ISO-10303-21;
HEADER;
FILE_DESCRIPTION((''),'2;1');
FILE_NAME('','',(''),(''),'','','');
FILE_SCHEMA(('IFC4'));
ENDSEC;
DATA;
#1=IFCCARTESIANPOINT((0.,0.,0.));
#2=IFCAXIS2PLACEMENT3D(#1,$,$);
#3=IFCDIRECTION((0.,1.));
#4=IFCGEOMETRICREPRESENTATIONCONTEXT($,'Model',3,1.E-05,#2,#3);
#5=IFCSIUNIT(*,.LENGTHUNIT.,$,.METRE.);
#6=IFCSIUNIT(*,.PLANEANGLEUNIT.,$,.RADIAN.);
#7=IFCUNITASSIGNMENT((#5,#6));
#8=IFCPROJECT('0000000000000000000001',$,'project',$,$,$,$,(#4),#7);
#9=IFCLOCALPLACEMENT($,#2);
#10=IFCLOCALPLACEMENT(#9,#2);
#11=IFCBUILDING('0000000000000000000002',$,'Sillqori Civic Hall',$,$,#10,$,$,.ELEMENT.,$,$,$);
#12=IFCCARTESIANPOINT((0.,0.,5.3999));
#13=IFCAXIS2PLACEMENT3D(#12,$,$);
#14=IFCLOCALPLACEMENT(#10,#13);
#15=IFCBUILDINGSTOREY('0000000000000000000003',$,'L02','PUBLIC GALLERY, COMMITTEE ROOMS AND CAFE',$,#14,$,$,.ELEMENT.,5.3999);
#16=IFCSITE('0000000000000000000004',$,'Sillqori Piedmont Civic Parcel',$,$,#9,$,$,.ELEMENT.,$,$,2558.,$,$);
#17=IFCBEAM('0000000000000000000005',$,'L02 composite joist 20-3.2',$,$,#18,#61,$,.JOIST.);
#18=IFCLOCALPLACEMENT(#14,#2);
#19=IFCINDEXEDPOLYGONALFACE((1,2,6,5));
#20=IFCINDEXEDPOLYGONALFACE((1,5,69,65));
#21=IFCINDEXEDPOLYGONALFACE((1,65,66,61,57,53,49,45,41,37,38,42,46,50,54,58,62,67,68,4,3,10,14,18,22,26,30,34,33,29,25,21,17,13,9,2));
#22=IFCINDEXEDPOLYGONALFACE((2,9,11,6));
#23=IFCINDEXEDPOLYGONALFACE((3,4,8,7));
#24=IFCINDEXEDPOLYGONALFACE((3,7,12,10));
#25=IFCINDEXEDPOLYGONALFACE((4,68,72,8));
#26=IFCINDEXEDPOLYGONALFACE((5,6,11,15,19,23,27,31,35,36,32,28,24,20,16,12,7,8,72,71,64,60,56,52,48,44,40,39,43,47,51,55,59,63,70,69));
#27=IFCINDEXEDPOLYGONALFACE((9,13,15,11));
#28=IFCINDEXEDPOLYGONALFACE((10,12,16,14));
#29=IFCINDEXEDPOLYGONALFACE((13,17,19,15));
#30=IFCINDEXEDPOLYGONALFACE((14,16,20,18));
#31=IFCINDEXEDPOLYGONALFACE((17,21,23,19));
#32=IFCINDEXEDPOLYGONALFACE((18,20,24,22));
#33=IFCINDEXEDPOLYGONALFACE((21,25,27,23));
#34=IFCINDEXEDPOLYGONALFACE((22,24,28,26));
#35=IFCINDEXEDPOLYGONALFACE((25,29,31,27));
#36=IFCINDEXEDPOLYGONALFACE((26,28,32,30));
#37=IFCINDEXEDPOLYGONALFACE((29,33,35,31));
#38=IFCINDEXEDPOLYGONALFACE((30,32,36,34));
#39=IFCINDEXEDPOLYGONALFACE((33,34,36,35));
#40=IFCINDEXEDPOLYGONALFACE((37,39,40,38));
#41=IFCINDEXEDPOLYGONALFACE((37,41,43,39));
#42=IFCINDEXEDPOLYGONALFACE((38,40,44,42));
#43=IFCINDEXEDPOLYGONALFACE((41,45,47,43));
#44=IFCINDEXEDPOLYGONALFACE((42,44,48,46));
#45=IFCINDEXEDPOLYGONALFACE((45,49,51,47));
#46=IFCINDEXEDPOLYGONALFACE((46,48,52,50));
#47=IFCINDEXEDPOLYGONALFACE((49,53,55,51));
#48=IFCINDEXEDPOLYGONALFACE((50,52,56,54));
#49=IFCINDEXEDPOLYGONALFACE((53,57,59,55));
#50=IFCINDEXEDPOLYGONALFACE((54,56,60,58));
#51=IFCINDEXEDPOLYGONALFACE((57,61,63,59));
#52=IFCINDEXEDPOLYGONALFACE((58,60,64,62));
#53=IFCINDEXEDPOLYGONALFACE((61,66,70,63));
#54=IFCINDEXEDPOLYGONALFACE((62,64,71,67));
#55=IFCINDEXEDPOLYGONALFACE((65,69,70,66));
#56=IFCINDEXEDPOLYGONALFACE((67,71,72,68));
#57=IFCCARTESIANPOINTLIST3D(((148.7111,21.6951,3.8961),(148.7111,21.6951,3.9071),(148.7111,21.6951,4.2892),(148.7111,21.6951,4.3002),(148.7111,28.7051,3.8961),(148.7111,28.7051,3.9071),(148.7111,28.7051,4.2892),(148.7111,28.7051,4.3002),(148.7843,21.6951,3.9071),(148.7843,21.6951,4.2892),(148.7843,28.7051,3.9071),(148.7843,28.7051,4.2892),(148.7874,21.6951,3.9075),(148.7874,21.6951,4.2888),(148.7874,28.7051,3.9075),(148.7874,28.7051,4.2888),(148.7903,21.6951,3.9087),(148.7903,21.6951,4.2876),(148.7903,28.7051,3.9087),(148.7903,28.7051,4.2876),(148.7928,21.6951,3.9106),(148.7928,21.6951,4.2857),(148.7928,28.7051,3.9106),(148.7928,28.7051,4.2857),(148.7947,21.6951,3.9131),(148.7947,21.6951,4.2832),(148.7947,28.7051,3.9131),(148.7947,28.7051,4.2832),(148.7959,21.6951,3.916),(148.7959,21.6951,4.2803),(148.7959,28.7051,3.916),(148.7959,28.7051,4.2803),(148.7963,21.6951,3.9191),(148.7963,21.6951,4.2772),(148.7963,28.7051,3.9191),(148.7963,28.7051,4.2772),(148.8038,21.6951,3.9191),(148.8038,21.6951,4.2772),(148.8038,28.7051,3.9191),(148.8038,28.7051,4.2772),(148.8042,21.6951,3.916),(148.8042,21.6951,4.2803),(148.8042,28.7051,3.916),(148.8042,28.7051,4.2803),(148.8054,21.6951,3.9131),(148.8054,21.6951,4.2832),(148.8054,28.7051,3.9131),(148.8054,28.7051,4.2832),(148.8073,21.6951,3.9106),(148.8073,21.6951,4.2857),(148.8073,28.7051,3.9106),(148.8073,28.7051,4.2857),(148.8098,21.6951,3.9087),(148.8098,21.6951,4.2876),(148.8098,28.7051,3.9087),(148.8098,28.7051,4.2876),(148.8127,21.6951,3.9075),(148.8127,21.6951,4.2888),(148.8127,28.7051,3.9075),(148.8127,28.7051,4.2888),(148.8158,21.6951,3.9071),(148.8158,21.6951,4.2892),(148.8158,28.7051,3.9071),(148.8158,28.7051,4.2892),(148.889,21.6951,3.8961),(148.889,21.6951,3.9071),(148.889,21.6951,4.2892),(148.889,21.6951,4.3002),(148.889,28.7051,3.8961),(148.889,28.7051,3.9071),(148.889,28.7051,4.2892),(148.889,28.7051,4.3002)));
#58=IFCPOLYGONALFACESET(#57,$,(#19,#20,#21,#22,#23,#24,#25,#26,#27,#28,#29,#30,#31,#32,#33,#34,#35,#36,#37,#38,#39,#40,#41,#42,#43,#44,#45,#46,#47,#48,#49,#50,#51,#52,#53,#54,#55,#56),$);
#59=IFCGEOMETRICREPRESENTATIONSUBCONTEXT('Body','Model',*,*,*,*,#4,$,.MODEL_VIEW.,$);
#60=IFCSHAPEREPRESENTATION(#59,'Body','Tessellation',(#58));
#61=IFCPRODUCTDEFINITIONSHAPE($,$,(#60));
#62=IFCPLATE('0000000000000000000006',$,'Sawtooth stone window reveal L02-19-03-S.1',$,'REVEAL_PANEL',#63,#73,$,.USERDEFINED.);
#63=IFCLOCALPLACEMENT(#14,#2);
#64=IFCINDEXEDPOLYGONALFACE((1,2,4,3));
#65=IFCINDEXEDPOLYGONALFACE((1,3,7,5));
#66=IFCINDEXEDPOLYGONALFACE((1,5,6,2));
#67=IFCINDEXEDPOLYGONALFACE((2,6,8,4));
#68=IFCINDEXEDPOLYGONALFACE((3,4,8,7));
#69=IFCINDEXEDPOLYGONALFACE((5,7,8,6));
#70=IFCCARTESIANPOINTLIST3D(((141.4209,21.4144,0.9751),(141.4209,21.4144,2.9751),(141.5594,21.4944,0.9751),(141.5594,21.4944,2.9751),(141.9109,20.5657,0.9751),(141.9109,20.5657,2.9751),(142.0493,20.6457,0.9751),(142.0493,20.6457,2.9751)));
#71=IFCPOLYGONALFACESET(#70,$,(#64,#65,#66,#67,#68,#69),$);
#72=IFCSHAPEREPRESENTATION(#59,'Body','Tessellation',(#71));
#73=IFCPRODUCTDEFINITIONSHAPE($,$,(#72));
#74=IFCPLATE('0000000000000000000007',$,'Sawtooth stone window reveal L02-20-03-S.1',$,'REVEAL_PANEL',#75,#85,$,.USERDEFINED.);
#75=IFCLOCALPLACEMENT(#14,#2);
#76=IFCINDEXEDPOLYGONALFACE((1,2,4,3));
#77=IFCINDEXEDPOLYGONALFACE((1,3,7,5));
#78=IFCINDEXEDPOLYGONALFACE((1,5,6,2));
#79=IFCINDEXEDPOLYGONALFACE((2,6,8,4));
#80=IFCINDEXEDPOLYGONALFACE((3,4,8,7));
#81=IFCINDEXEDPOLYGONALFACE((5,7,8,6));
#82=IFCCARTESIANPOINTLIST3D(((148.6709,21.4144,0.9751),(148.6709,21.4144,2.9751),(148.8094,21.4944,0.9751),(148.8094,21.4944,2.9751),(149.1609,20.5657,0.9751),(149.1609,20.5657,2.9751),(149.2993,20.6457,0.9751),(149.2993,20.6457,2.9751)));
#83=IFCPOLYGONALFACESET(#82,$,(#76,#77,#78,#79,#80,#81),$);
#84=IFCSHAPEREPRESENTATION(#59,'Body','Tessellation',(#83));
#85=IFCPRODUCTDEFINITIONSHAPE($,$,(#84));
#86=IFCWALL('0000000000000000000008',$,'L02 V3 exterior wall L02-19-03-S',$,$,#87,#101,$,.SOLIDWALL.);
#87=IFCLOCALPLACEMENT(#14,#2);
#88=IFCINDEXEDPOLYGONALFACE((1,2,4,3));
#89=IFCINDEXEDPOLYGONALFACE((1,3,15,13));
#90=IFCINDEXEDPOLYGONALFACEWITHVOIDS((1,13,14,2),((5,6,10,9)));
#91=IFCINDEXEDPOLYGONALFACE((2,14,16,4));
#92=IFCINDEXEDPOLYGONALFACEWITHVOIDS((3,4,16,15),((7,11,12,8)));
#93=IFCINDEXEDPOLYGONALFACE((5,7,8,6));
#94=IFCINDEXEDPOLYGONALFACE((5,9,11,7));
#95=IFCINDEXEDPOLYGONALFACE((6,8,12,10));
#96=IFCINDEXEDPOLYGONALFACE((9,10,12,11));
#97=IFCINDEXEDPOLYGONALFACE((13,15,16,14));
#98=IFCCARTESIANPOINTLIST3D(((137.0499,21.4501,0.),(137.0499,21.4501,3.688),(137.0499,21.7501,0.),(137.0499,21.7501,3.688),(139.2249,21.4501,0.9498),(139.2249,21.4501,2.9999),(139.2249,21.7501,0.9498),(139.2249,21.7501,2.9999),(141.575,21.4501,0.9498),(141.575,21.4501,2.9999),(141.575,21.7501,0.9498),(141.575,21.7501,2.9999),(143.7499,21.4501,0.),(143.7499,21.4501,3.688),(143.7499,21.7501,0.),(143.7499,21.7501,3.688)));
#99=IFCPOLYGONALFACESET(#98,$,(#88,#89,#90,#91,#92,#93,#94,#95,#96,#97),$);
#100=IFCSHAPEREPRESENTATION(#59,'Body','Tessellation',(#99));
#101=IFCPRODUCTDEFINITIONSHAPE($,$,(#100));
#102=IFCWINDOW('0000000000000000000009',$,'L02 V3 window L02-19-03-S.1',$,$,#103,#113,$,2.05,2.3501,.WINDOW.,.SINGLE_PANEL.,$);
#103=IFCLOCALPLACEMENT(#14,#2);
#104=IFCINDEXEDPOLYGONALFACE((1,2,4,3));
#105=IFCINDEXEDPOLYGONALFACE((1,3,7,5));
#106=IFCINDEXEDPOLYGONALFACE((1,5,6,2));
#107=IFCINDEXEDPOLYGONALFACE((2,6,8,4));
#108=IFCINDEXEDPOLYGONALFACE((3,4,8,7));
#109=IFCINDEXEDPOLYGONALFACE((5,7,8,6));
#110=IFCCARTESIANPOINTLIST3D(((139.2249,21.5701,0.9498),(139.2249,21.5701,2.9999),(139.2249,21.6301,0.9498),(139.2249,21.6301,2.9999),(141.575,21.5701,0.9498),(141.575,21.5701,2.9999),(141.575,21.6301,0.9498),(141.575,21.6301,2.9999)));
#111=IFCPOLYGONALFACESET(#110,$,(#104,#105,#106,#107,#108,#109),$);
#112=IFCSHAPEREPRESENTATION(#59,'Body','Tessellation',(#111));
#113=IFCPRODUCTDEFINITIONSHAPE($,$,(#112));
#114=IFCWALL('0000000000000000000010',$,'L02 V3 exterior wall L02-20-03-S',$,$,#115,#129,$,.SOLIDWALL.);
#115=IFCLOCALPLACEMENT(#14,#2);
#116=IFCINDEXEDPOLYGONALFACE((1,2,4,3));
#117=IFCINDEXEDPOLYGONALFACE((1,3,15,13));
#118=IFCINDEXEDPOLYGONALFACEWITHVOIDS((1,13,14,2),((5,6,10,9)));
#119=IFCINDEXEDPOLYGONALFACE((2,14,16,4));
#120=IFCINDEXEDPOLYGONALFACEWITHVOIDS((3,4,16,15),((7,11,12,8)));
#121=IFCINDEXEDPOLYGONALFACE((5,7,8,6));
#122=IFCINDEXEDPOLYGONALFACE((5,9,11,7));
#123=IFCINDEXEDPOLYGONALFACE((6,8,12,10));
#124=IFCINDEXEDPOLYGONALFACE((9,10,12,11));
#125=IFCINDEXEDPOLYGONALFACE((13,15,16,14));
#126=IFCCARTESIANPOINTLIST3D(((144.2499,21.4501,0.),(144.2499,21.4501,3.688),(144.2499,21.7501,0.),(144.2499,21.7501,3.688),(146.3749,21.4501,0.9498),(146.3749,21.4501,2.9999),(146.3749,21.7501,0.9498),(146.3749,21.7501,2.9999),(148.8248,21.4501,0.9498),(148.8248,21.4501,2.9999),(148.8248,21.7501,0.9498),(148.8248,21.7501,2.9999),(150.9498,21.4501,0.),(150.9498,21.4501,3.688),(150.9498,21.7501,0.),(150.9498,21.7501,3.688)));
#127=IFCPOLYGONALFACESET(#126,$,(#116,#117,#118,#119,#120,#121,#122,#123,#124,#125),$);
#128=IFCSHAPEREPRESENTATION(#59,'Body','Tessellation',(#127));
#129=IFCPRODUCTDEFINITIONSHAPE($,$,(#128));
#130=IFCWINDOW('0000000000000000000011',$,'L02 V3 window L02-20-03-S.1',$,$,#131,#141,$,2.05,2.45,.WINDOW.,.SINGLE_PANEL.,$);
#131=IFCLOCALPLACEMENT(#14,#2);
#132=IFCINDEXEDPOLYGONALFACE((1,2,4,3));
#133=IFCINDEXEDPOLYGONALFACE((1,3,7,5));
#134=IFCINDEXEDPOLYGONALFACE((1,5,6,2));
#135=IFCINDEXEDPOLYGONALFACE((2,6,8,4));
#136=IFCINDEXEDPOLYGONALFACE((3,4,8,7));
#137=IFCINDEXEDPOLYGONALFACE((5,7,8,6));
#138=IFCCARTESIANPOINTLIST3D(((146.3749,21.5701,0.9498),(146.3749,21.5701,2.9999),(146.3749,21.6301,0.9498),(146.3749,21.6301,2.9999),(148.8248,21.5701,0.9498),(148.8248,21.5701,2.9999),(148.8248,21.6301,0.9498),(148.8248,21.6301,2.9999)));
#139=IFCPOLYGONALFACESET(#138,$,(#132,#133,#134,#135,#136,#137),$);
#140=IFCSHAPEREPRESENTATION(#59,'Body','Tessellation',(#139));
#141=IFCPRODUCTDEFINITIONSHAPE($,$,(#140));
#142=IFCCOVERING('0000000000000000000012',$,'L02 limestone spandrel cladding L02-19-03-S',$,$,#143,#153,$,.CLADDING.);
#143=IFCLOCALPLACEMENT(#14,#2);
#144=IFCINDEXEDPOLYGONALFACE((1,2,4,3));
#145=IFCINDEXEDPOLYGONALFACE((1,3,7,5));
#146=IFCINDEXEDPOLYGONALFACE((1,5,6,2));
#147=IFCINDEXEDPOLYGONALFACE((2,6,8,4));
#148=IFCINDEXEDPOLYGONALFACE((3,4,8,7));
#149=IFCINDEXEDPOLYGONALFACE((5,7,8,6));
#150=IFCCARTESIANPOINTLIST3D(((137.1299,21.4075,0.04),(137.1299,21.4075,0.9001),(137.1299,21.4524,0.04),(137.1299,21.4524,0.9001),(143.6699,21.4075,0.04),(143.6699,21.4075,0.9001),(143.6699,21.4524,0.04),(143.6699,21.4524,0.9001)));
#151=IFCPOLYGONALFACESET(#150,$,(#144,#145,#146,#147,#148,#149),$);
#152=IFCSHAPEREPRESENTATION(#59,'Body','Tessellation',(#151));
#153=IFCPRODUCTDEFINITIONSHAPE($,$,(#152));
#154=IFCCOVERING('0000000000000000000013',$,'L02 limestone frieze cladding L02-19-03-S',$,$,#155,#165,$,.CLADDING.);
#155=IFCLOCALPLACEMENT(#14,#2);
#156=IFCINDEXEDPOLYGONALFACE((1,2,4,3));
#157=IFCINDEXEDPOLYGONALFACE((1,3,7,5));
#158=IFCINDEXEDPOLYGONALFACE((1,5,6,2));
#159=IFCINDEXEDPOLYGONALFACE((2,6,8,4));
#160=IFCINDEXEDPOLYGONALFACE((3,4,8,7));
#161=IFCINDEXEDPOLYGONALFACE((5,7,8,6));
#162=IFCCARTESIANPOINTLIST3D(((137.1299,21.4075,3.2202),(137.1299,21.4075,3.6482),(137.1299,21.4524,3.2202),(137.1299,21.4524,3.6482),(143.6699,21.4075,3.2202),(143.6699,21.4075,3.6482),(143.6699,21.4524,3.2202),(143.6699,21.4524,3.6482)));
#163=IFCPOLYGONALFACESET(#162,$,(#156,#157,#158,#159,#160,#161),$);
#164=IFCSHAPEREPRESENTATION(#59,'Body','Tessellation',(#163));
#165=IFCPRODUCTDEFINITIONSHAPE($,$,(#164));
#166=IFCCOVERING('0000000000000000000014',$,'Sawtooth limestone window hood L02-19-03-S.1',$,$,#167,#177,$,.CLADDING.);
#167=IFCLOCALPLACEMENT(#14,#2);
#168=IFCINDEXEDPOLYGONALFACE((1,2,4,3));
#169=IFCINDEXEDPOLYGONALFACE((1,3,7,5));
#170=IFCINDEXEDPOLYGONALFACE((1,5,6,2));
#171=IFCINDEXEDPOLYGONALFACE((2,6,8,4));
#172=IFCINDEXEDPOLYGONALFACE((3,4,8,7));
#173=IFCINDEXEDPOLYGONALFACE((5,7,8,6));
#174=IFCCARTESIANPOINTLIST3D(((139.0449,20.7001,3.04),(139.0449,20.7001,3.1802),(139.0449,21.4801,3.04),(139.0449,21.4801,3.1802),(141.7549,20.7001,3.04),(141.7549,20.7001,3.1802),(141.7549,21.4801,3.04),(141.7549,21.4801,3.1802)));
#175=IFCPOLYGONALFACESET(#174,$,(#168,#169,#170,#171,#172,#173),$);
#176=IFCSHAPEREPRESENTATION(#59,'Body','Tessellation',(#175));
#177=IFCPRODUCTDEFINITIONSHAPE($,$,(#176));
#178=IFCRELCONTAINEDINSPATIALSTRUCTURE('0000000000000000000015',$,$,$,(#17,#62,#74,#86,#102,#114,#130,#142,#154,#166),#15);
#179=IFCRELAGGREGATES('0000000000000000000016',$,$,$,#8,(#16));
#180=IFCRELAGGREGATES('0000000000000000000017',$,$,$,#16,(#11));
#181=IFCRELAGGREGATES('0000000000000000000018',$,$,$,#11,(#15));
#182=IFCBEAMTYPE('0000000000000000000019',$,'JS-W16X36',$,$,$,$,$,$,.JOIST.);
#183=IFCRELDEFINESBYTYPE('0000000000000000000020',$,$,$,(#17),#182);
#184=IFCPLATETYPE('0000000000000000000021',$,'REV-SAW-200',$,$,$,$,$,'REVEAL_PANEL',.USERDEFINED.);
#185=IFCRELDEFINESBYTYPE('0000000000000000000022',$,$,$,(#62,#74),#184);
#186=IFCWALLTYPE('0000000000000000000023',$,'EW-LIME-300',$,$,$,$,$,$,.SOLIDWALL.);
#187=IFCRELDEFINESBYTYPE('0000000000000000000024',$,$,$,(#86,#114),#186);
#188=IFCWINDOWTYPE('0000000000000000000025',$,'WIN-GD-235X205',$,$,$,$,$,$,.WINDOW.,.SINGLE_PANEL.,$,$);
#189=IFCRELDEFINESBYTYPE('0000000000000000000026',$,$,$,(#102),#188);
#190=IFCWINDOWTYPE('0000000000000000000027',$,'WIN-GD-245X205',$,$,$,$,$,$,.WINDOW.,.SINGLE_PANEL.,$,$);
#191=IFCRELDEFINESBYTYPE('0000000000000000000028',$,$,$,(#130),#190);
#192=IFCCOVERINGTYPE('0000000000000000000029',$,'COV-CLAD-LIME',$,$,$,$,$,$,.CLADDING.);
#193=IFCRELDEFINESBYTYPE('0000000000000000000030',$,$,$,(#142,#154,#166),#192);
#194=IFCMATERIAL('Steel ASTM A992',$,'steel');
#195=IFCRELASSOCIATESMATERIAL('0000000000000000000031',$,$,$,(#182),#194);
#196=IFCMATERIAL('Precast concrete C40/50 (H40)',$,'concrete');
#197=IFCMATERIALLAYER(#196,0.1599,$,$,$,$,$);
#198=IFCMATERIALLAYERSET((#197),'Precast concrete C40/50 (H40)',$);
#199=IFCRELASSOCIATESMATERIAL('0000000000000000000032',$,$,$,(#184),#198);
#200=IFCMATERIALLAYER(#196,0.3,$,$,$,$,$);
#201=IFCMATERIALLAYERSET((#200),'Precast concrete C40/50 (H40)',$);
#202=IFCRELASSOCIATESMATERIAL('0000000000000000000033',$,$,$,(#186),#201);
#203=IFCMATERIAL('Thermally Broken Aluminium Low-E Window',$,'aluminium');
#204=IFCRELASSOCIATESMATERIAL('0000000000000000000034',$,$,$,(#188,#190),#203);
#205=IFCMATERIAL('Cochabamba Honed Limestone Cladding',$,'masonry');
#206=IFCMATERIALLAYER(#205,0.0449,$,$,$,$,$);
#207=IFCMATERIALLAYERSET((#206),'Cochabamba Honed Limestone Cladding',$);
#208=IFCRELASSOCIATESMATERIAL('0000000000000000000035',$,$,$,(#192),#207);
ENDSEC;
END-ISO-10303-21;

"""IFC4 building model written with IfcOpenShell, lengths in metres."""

from ifc_helpers import new_model, si_unit, direction, frame, frame_2d, origin, origin_2d, place, context, subcontext, project, spatial, rectangle, i_section, extrude, material, layer, layer_set, material_profile, profile_set, type_object, element, fill, save


model = new_model("IFC4")

# Units and contexts
model_context = context("Model", 3, precision=1e-05, world=origin(), true_north=direction((0.0, 1.0)))
body_context = subcontext(model_context, "Body", "Model", "MODEL_VIEW")
ifc_project = project(units=[si_unit("LENGTHUNIT", "METRE"), si_unit("PLANEANGLEUNIT", "RADIAN")], contexts=[model_context])

# Site, building, storey
site_placement = place(None, origin())
site = spatial("IfcSite", under=ifc_project, at=site_placement, Name="Sillqori Piedmont Civic Parcel", CompositionType="ELEMENT", RefElevation=2558.0)
building_placement = place(site_placement, origin())
building = spatial("IfcBuilding", under=site, at=building_placement, Name="Sillqori Civic Hall", CompositionType="ELEMENT")
storey_placement = place(building_placement, frame((0.0, 0.0, 5.3999)))
storey = spatial("IfcBuildingStorey", under=building, at=storey_placement, Name="L02", Description="PUBLIC GALLERY, COMMITTEE ROOMS AND CAFE", CompositionType="ELEMENT", Elevation=5.3999)

# Beam
ifc_material_1 = material(Name="Steel ASTM A992", Category="steel")
ifc_material_profile_1 = material_profile(ifc_material_1, i_section(OverallWidth=0.178, OverallDepth=0.4041, WebThickness=0.0076, FlangeThickness=0.011, FilletRadius=0.012, at=origin_2d()), Name="W16X36")
ifc_profile_set_1 = profile_set([ifc_material_profile_1], Name="Steel ASTM A992")
beam_type_1 = type_object("IfcBeamType", Name="JS-W16X36", PredefinedType="JOIST", material=ifc_profile_set_1)
for number, where, z_axis, x_axis, name in (
    (1, (148.8, 21.6951, 4.0981), (0.0, 1.0, 0.0), (-1.0, 0.0, 0.0), "L02 composite joist 20-3.2"),
):
    element("IfcBeam", number, at=place(storey_placement, frame(where, z_axis=z_axis, x_axis=x_axis)), inside=storey, type_object=beam_type_1, Name=name, PredefinedType="JOIST", context=body_context, shape_type="SweptSolid", body=[
        extrude(i_section(OverallWidth=0.178, OverallDepth=0.4041, WebThickness=0.0076, FlangeThickness=0.011, FilletRadius=0.012, at=origin_2d()), origin(), (0.0, 0.0, 1.0), 7.01),
    ])

# Plates
ifc_material_2 = material(Name="Precast concrete C40/50 (H40)", Category="concrete")
ifc_layer_1 = layer(ifc_material_2, 0.1599)
ifc_layer_set_1 = layer_set([ifc_layer_1], Name="Precast concrete C40/50 (H40)")
plate_type = type_object("IfcPlateType", Name="REV-SAW-200", ElementType="REVEAL_PANEL", PredefinedType="USERDEFINED", material=ifc_layer_set_1)
for number, where, z_axis, x_axis, name in (
    (2, (141.7351, 21.03, 0.9751), (0.0, 0.0, 1.0), (-0.866025, -0.5, 0.0), "Sawtooth stone window reveal L02-19-03-S.1"),
    (3, (148.9851, 21.03, 0.9751), (0.0, 0.0, 1.0), (-0.866025, -0.5, 0.0), "Sawtooth stone window reveal L02-20-03-S.1"),
):
    element("IfcPlate", number, at=place(storey_placement, frame(where, z_axis=z_axis, x_axis=x_axis)), inside=storey, type_object=plate_type, Name=name, ObjectType="REVEAL_PANEL", PredefinedType="USERDEFINED", context=body_context, shape_type="SweptSolid", body=[
        extrude(rectangle(XDim=0.1599, YDim=0.98, at=origin_2d()), origin(), (0.0, 0.0, 1.0), 2.0),
    ])

# Walls, openings, windows
ifc_layer_2 = layer(ifc_material_2, 0.3)
ifc_layer_set_2 = layer_set([ifc_layer_2], Name="Precast concrete C40/50 (H40)")
wall_type = type_object("IfcWallType", Name="EW-LIME-300", PredefinedType="SOLIDWALL", material=ifc_layer_set_2)
wall_1_placement = place(storey_placement, frame((143.75, 21.6001, 0.0), z_axis=(0.0, 0.0, 1.0), x_axis=(-1.0, 0.0, 0.0)))
wall_1 = element("IfcWall", 4, at=wall_1_placement, inside=storey, type_object=wall_type, Name="L02 V3 exterior wall L02-19-03-S", PredefinedType="SOLIDWALL", context=body_context, shape_type="SweptSolid", body=[
    extrude(rectangle(XDim=6.7, YDim=0.3, at=frame_2d((3.3501, 0.0))), origin(), (0.0, 0.0, 1.0), 3.688),
])
opening_1_placement = place(wall_1_placement, frame((2.175, 0.0, 0.95)))
opening_1 = element("IfcOpeningElement", 5, at=opening_1_placement, cuts=wall_1, PredefinedType="OPENING", context=body_context, shape_type="SweptSolid", body=[
    extrude(rectangle(XDim=2.3501, YDim=2.05, at=frame_2d((1.175, 1.0249))), frame((0.0, 0.1599, 0.0), z_axis=(0.0, -1.0, 0.0), x_axis=(1.0, 0.0, 0.0)), (0.0, 0.0, 1.0), 0.3201),
])
ifc_material_3 = material(Name="Thermally Broken Aluminium Low-E Window", Category="aluminium")
window_type_1 = type_object("IfcWindowType", Name="WIN-GD-235X205", PartitioningType="SINGLE_PANEL", PredefinedType="WINDOW", material=ifc_material_3)
window_1_placement = place(opening_1_placement, origin())
window_1 = element("IfcWindow", 6, at=window_1_placement, inside=storey, type_object=window_type_1, Name="L02 V3 window L02-19-03-S.1", OverallHeight=2.05, OverallWidth=2.3501, PartitioningType="SINGLE_PANEL", PredefinedType="WINDOW", context=body_context, shape_type="SweptSolid", body=[
    extrude(rectangle(XDim=2.3501, YDim=2.05, at=frame_2d((1.175, 1.0249))), frame((0.0, 0.03, 0.0), z_axis=(0.0, -1.0, 0.0), x_axis=(1.0, 0.0, 0.0)), (0.0, 0.0, 1.0), 0.0601),
])
fill(opening_1, window_1)
wall_2_placement = place(storey_placement, frame((150.95, 21.6001, 0.0), z_axis=(0.0, 0.0, 1.0), x_axis=(-1.0, 0.0, 0.0)))
wall_2 = element("IfcWall", 7, at=wall_2_placement, inside=storey, type_object=wall_type, Name="L02 V3 exterior wall L02-20-03-S", PredefinedType="SOLIDWALL", context=body_context, shape_type="SweptSolid", body=[
    extrude(rectangle(XDim=6.7, YDim=0.3, at=frame_2d((3.3501, 0.0))), origin(), (0.0, 0.0, 1.0), 3.688),
])
opening_2_placement = place(wall_2_placement, frame((2.125, 0.0, 0.95)))
opening_2 = element("IfcOpeningElement", 8, at=opening_2_placement, cuts=wall_2, PredefinedType="OPENING", context=body_context, shape_type="SweptSolid", body=[
    extrude(rectangle(XDim=2.45, YDim=2.05, at=frame_2d((1.2251, 1.0249))), frame((0.0, 0.1599, 0.0), z_axis=(0.0, -1.0, 0.0), x_axis=(1.0, 0.0, 0.0)), (0.0, 0.0, 1.0), 0.3201),
])
window_type_2 = type_object("IfcWindowType", Name="WIN-GD-245X205", PartitioningType="SINGLE_PANEL", PredefinedType="WINDOW", material=ifc_material_3)
window_2_placement = place(opening_2_placement, origin())
window_2 = element("IfcWindow", 9, at=window_2_placement, inside=storey, type_object=window_type_2, Name="L02 V3 window L02-20-03-S.1", OverallHeight=2.05, OverallWidth=2.45, PartitioningType="SINGLE_PANEL", PredefinedType="WINDOW", context=body_context, shape_type="SweptSolid", body=[
    extrude(rectangle(XDim=2.45, YDim=2.05, at=frame_2d((1.2251, 1.0249))), frame((0.0, 0.03, 0.0), z_axis=(0.0, -1.0, 0.0), x_axis=(1.0, 0.0, 0.0)), (0.0, 0.0, 1.0), 0.0601),
])
fill(opening_2, window_2)

# Coverings
ifc_material_4 = material(Name="Cochabamba Honed Limestone Cladding", Category="masonry")
ifc_layer_3 = layer(ifc_material_4, 0.0449)
ifc_layer_set_3 = layer_set([ifc_layer_3], Name="Cochabamba Honed Limestone Cladding")
covering_type = type_object("IfcCoveringType", Name="COV-CLAD-LIME", PredefinedType="CLADDING", material=ifc_layer_set_3)
covering_1_placement = place(storey_placement, frame((143.6699, 21.4299, 0.04), z_axis=(0.0, 0.0, 1.0), x_axis=(-1.0, 0.0, 0.0)))
element("IfcCovering", 10, at=covering_1_placement, inside=storey, type_object=covering_type, Name="L02 limestone spandrel cladding L02-19-03-S", PredefinedType="CLADDING", context=body_context, shape_type="SweptSolid", body=[
    extrude(rectangle(XDim=6.54, YDim=0.0449, at=frame_2d((3.27, 0.0))), origin(), (0.0, 0.0, 1.0), 0.8601),
])
covering_2_placement = place(storey_placement, frame((143.6699, 21.4299, 3.2202), z_axis=(0.0, 0.0, 1.0), x_axis=(-1.0, 0.0, 0.0)))
element("IfcCovering", 11, at=covering_2_placement, inside=storey, type_object=covering_type, Name="L02 limestone frieze cladding L02-19-03-S", PredefinedType="CLADDING", context=body_context, shape_type="SweptSolid", body=[
    extrude(rectangle(XDim=6.54, YDim=0.0449, at=frame_2d((3.27, 0.0))), origin(), (0.0, 0.0, 1.0), 0.428),
])
covering_3_placement = place(storey_placement, frame((141.7549, 21.0901, 3.04), z_axis=(0.0, 0.0, 1.0), x_axis=(-1.0, 0.0, 0.0)))
element("IfcCovering", 12, at=covering_3_placement, inside=storey, type_object=covering_type, Name="Sawtooth limestone window hood L02-19-03-S.1", PredefinedType="CLADDING", context=body_context, shape_type="SweptSolid", body=[
    extrude(rectangle(XDim=2.71, YDim=0.78, at=frame_2d((1.355, 0.0))), origin(), (0.0, 0.0, 1.0), 0.1401),
])

save(model, "model.ifc")
